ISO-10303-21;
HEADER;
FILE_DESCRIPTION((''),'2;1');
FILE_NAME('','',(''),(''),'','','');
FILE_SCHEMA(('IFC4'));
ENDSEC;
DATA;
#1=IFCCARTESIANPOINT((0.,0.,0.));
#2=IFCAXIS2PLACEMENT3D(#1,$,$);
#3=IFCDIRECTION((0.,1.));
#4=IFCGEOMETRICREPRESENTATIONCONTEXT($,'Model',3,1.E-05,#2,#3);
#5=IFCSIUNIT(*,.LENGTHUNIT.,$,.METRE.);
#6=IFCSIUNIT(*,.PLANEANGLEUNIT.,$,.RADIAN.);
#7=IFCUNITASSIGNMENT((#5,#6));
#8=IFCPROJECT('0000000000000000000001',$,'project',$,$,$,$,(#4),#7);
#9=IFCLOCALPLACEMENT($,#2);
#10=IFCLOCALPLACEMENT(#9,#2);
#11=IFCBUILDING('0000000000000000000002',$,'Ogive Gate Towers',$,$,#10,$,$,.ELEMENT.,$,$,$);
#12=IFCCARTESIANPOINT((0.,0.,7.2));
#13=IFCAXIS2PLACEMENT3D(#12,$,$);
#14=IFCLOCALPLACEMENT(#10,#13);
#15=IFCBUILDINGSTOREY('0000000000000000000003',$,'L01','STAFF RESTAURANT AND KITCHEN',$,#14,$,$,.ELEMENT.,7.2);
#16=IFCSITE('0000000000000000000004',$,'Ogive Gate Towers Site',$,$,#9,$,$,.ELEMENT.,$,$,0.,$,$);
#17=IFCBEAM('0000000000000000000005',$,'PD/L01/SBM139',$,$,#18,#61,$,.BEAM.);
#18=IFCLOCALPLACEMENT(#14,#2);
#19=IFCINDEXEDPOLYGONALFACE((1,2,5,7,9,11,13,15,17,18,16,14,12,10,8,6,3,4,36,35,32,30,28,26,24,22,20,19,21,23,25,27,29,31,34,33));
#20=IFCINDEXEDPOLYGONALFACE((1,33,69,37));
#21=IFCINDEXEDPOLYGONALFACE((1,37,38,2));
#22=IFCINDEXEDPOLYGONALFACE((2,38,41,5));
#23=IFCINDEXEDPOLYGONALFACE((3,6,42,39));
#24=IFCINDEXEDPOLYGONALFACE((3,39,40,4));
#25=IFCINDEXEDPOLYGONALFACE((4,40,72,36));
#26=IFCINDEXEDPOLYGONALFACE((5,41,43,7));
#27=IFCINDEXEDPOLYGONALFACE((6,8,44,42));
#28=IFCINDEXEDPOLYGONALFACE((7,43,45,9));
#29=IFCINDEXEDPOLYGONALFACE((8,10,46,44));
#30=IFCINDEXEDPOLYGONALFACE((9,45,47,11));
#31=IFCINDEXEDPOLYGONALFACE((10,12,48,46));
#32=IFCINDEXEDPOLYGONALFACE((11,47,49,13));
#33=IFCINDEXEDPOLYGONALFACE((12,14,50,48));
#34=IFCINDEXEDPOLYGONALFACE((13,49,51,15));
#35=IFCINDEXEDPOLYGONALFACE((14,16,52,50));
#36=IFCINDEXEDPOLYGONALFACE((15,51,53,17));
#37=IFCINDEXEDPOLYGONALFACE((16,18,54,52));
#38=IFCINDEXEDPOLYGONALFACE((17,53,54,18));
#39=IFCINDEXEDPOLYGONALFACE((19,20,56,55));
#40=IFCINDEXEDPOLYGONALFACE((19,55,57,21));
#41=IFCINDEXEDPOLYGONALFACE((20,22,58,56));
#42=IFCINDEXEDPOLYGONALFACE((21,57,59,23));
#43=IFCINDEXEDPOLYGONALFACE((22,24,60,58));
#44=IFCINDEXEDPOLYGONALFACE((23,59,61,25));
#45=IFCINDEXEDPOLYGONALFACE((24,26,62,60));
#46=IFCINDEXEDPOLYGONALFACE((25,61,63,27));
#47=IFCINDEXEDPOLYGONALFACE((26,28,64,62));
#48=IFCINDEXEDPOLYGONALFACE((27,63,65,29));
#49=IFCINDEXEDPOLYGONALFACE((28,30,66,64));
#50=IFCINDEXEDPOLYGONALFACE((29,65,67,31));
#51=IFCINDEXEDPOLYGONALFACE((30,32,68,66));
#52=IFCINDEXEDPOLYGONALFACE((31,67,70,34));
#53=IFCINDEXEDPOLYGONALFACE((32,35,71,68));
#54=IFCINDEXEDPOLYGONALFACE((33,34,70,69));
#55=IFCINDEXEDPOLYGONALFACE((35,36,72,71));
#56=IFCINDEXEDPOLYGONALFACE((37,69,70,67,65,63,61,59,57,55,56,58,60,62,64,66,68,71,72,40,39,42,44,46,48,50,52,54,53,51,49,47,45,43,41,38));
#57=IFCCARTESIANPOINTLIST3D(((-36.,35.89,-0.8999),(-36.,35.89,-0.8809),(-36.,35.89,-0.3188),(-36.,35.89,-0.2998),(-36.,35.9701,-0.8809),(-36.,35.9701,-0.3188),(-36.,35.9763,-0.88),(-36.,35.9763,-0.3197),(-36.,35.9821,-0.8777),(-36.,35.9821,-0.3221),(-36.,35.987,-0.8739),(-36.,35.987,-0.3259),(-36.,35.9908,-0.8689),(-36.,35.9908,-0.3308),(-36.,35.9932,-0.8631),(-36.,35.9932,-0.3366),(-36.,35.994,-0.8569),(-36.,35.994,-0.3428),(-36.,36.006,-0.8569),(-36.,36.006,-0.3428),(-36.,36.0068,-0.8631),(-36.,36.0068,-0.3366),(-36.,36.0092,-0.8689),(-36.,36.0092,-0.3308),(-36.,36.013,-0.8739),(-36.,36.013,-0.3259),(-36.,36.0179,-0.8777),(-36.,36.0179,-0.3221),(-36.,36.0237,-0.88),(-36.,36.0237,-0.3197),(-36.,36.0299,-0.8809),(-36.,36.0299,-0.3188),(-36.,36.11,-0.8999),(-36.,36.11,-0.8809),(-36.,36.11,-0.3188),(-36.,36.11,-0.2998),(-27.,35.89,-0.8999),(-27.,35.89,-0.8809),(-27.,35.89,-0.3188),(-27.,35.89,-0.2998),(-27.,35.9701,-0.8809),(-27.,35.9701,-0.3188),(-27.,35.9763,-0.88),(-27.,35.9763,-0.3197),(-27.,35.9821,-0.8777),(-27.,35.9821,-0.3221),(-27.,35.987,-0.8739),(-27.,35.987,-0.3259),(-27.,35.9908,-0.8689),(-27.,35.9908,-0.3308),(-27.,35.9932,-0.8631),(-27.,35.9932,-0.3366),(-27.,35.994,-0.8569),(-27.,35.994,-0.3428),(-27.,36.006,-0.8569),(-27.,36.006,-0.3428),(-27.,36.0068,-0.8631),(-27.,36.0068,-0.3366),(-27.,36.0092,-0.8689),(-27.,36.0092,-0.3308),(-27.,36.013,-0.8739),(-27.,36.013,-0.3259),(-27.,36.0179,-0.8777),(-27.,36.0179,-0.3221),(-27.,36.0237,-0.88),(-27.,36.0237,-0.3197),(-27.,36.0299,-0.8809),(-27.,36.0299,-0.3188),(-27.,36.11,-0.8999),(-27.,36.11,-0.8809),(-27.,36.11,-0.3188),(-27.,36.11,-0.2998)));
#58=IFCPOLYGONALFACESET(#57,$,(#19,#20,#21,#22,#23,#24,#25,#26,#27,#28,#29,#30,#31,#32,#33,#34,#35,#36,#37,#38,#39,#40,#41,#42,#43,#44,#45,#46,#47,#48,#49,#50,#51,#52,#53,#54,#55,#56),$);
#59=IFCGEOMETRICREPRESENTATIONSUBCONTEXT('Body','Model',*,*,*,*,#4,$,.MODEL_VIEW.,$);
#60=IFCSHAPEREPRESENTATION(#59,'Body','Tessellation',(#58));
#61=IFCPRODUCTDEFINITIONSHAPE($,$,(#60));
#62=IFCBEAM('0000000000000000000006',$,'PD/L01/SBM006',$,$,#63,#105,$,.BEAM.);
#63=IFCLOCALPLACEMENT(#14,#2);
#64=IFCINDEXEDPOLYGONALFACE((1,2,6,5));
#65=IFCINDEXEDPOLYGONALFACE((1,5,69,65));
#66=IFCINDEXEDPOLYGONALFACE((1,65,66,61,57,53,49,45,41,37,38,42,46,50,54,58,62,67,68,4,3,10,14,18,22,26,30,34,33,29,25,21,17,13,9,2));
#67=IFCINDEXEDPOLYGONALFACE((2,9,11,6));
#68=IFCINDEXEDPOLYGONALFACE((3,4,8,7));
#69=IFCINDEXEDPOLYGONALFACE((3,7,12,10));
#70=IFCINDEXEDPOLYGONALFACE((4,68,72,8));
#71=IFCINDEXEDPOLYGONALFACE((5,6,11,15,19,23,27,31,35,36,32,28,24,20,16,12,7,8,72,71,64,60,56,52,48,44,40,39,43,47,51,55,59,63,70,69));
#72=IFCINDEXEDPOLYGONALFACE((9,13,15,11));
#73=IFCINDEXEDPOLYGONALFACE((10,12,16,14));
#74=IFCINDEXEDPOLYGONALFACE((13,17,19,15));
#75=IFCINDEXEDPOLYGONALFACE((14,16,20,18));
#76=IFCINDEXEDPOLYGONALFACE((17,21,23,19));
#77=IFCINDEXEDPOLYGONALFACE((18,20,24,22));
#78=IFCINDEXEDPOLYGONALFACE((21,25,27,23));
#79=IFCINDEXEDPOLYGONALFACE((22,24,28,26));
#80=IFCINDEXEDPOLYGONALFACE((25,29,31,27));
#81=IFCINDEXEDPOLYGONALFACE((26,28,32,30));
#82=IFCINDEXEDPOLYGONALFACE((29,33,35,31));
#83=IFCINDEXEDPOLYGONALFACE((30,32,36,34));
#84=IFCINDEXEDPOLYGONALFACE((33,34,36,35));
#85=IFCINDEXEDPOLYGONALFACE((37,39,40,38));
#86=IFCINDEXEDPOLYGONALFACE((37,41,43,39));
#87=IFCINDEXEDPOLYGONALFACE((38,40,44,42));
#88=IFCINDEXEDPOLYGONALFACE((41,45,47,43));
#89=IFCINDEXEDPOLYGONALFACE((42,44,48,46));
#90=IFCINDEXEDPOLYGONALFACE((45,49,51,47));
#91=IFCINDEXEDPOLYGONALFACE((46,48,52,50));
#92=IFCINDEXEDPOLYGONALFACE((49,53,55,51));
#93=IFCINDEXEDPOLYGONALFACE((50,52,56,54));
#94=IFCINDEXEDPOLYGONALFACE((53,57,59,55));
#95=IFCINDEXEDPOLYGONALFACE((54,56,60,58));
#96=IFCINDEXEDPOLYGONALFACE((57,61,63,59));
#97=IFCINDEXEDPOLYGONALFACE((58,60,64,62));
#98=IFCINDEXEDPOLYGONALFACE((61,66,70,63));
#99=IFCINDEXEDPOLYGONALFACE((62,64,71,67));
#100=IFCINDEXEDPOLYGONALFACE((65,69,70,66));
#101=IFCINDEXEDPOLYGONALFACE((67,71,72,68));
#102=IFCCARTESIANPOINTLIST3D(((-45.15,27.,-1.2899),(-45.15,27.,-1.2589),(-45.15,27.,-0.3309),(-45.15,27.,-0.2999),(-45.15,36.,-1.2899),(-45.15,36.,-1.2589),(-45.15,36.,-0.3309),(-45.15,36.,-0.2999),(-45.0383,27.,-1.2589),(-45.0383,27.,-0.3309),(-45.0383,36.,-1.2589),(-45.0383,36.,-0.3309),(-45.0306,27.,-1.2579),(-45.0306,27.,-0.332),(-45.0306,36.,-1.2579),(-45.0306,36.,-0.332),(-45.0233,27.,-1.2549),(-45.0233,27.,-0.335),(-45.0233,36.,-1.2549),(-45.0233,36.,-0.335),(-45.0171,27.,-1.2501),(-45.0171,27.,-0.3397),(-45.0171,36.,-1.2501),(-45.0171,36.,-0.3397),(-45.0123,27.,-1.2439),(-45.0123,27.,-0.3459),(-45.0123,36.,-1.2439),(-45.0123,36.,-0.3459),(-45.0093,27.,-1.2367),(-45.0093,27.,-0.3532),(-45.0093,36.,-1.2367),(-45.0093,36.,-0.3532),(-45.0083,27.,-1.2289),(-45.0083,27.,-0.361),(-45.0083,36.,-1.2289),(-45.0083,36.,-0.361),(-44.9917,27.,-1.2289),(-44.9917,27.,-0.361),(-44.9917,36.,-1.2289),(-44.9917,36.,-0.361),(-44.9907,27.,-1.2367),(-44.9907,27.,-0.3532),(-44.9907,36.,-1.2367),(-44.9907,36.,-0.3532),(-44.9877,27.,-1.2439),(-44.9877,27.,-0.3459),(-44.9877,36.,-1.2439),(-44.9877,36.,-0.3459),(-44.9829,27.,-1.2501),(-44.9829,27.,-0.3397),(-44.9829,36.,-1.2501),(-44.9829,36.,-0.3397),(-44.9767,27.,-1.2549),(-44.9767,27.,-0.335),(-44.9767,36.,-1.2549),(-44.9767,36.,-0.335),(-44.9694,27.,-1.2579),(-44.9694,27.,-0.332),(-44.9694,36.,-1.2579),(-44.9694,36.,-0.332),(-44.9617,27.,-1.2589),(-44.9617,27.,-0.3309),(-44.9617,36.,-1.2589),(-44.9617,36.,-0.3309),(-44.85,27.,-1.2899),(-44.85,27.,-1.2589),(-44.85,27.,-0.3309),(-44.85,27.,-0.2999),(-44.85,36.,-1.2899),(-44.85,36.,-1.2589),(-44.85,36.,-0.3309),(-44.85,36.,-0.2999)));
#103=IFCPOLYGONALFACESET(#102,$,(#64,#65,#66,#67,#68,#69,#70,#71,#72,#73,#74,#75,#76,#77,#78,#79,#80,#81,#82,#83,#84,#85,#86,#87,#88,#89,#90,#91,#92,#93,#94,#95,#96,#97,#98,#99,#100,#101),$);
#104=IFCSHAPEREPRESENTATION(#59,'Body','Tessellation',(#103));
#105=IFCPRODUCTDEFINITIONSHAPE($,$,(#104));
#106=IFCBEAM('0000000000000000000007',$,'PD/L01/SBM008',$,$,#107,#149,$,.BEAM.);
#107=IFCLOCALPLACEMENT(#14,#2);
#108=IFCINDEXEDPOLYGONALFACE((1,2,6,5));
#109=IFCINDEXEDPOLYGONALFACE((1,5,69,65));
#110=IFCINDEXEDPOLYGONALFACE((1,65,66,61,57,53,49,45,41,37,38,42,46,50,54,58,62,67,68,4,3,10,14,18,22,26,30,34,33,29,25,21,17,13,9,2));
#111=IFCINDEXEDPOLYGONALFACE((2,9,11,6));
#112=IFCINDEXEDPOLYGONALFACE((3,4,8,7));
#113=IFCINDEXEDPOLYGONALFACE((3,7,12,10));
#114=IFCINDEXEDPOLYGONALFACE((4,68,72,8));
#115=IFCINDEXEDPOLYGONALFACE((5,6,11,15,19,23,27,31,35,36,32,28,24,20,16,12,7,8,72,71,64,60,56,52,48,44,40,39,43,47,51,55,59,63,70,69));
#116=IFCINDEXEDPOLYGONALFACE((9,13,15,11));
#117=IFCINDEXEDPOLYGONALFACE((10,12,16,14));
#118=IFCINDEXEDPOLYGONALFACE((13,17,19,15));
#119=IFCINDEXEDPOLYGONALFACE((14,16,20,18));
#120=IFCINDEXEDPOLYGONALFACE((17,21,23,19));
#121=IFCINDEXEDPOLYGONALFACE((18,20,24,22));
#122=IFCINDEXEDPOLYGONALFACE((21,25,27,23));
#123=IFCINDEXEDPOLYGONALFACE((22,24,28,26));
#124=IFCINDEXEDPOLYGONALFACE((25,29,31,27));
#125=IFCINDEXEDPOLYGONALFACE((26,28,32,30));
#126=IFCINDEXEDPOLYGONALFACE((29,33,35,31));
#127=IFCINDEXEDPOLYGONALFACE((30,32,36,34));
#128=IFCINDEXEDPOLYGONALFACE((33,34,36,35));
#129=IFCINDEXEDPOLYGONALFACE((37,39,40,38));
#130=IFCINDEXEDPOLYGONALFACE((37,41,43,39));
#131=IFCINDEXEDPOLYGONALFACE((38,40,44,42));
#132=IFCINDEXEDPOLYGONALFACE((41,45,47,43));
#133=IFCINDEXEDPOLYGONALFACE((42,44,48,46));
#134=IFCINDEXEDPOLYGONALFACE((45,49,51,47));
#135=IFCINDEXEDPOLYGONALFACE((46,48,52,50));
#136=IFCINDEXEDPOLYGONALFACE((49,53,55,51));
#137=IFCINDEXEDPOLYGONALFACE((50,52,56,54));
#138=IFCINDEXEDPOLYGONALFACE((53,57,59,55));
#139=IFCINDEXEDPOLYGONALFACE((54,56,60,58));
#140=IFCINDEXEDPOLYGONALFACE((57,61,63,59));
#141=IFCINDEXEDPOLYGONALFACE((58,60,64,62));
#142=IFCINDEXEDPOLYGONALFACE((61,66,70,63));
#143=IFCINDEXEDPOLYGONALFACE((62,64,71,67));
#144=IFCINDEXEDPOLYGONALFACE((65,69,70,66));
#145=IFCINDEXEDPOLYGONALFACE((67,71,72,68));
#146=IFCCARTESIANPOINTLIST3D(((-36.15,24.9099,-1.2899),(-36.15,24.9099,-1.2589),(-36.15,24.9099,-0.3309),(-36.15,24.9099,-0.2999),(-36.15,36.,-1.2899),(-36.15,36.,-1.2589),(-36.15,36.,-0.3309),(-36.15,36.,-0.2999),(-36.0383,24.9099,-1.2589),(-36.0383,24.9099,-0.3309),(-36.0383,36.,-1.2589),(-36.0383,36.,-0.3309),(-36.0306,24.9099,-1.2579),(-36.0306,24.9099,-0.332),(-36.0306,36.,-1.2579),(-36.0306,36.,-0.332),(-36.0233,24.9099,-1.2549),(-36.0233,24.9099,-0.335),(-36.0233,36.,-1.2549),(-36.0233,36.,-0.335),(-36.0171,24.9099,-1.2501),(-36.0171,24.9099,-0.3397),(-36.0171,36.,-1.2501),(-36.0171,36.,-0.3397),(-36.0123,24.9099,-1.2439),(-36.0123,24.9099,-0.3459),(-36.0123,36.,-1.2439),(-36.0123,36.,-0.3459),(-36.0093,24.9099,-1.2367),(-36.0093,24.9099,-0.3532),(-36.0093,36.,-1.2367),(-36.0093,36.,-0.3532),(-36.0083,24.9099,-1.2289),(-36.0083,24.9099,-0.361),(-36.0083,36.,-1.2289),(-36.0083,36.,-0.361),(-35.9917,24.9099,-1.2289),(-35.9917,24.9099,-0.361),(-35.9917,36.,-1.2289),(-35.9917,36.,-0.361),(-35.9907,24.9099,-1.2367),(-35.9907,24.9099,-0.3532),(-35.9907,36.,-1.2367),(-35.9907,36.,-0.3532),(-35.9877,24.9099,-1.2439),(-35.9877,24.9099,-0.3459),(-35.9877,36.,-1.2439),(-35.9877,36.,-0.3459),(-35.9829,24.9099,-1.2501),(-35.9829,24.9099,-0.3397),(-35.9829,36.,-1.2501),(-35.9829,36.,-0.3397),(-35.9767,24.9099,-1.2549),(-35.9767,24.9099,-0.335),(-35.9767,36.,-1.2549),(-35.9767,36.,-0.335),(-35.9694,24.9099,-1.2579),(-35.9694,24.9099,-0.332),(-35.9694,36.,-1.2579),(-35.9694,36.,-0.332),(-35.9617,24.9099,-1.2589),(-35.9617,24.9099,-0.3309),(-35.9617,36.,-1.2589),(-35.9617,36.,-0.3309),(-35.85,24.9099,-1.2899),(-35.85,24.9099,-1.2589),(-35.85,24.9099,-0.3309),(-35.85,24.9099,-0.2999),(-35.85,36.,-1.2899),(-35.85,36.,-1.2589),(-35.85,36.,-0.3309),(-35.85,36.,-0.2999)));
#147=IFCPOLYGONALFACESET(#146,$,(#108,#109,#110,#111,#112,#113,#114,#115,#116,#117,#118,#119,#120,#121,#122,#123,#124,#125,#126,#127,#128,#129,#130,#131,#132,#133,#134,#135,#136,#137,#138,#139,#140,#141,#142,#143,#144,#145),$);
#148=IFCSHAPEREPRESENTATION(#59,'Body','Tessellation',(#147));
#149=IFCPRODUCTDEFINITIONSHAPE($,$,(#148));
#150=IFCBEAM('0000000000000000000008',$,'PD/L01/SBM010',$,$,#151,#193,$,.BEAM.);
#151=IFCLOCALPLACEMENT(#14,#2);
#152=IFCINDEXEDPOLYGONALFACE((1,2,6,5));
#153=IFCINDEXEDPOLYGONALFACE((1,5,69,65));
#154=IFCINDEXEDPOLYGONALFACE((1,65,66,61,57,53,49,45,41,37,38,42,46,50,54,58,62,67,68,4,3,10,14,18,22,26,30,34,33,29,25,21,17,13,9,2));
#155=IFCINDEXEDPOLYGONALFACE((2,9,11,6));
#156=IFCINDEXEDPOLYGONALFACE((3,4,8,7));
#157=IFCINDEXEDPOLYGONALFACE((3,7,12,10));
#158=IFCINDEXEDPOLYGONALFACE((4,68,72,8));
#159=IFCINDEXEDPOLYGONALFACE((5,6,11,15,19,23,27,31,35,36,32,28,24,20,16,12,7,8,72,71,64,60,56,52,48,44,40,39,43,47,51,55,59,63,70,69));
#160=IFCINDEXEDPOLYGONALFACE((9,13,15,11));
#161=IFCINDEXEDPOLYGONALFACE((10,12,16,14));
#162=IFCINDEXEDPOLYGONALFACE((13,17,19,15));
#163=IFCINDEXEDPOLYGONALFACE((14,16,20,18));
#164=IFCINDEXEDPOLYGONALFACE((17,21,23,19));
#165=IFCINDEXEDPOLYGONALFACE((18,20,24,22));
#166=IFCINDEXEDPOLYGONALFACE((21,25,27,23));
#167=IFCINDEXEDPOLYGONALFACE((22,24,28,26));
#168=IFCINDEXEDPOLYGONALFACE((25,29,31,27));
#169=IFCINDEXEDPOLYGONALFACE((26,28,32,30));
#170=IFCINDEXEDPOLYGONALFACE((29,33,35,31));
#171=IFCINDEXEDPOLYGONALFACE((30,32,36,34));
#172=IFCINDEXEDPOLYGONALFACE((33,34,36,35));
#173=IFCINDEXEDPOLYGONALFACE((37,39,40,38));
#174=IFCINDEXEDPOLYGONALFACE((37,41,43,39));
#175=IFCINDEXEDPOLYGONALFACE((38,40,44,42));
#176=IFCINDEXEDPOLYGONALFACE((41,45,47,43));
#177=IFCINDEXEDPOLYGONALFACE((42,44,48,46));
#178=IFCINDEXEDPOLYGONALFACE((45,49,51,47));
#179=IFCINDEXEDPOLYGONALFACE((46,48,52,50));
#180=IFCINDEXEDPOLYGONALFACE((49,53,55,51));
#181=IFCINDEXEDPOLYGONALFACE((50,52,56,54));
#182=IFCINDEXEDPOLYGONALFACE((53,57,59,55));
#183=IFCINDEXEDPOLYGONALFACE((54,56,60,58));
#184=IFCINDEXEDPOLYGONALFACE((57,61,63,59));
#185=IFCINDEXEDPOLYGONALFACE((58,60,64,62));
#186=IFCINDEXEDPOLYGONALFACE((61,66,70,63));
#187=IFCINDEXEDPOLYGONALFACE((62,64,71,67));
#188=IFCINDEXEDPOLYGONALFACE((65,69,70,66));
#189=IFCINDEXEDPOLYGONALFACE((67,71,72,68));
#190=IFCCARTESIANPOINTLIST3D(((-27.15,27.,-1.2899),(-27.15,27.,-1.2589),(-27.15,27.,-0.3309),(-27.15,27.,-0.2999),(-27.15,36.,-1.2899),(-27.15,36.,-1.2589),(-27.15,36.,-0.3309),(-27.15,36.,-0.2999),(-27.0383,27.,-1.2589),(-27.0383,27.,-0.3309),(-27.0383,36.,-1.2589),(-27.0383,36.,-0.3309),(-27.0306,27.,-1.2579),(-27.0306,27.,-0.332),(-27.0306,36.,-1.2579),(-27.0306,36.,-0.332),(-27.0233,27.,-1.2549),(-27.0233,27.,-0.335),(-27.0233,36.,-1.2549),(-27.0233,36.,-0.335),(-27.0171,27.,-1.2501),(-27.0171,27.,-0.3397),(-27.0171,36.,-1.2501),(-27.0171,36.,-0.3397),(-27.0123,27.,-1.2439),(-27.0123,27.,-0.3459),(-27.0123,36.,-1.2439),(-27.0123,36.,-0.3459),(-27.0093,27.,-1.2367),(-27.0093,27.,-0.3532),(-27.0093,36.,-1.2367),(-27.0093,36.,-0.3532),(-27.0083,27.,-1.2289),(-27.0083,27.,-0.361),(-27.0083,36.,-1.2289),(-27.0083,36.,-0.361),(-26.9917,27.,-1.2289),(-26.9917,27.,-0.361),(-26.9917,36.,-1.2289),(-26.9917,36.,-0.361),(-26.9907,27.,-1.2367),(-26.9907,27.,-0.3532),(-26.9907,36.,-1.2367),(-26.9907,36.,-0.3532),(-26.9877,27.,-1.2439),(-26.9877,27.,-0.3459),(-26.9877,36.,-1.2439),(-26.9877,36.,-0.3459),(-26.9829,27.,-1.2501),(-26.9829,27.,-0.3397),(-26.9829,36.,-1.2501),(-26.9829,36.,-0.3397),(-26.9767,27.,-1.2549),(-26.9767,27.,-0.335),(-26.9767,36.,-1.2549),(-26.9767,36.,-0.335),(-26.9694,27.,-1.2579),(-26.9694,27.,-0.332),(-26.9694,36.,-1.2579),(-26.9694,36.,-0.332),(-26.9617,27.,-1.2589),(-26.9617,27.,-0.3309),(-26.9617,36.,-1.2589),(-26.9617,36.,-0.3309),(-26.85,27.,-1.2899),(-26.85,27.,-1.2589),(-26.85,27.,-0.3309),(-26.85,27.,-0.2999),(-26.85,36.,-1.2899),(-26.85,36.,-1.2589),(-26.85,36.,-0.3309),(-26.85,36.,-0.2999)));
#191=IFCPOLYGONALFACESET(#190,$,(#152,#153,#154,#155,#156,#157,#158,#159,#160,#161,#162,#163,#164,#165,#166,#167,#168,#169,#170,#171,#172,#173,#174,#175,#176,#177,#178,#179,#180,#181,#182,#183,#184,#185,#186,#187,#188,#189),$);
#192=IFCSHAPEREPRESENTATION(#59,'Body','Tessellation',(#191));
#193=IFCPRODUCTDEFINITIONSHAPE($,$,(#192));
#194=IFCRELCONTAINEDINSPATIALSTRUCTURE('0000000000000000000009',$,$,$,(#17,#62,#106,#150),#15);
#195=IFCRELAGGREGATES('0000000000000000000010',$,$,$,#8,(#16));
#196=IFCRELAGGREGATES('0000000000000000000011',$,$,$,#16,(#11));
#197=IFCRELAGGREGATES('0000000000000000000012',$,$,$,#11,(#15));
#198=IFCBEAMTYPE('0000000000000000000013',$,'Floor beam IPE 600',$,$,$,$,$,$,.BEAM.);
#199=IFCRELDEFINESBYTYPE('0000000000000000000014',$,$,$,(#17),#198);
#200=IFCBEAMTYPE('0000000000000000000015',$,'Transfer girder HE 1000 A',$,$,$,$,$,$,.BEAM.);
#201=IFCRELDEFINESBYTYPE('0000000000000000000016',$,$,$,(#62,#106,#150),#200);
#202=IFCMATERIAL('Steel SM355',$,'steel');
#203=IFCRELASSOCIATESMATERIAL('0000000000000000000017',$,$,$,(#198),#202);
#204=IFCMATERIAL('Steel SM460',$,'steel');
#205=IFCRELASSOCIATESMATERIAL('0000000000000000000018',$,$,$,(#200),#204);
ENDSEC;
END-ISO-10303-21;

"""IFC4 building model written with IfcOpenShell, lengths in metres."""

from ifc_helpers import new_model, si_unit, direction, frame, origin, origin_2d, place, context, subcontext, project, spatial, i_section, extrude, material, material_profile, profile_set, type_object, element, save


model = new_model("IFC4")

# Units and contexts
model_context = context("Model", 3, precision=1e-05, world=origin(), true_north=direction((0.0, 1.0)))
body_context = subcontext(model_context, "Body", "Model", "MODEL_VIEW")
ifc_project = project(units=[si_unit("LENGTHUNIT", "METRE"), si_unit("PLANEANGLEUNIT", "RADIAN")], contexts=[model_context])

# Site, building, storey
site_placement = place(None, origin())
site = spatial("IfcSite", under=ifc_project, at=site_placement, Name="Ogive Gate Towers Site", CompositionType="ELEMENT", RefElevation=0.0)
building_placement = place(site_placement, origin())
building = spatial("IfcBuilding", under=site, at=building_placement, Name="Ogive Gate Towers", CompositionType="ELEMENT")
storey_placement = place(building_placement, frame((0.0, 0.0, 7.2)))
storey = spatial("IfcBuildingStorey", under=building, at=storey_placement, Name="L01", Description="STAFF RESTAURANT AND KITCHEN", CompositionType="ELEMENT", Elevation=7.2)

# Beams
ifc_material_1 = material(Name="Steel SM460", Category="steel")
ifc_material_2 = material(Name="Steel SM355", Category="steel")
ifc_material_profile_1 = material_profile(ifc_material_2, i_section(OverallWidth=0.22, OverallDepth=0.6001, WebThickness=0.012, FlangeThickness=0.019, FilletRadius=0.0239, at=origin_2d()), Name="IPE 600")
ifc_profile_set_1 = profile_set([ifc_material_profile_1], Name="Steel SM355")
beam_type_1 = type_object("IfcBeamType", Name="Floor beam IPE 600", PredefinedType="BEAM", material=ifc_profile_set_1)
for number, where, z_axis, x_axis, name in (
    (1, (-36.0, 36.0, -0.5999), (1.0, 0.0, 0.0), (0.0, 1.0, 0.0), "PD/L01/SBM139"),
):
    element("IfcBeam", number, at=place(storey_placement, frame(where, z_axis=z_axis, x_axis=x_axis)), inside=storey, type_object=beam_type_1, Name=name, PredefinedType="BEAM", context=body_context, shape_type="SweptSolid", body=[
        extrude(i_section(OverallWidth=0.22, OverallDepth=0.6001, WebThickness=0.012, FlangeThickness=0.019, FilletRadius=0.0239, at=origin_2d()), origin(), (0.0, 0.0, 1.0), 9.0),
    ])
ifc_material_profile_2 = material_profile(ifc_material_1, i_section(OverallWidth=0.3, OverallDepth=0.99, WebThickness=0.0166, FlangeThickness=0.031, FilletRadius=0.03, at=origin_2d()), Name="HE 1000 A")
ifc_profile_set_2 = profile_set([ifc_material_profile_2], Name="Steel SM460")
beam_type_2 = type_object("IfcBeamType", Name="Transfer girder HE 1000 A", PredefinedType="BEAM", material=ifc_profile_set_2)
beam_1_placement = place(storey_placement, frame((-45.0, 27.0, -0.7949), z_axis=(0.0, 1.0, 0.0), x_axis=(-1.0, 0.0, 0.0)))
element("IfcBeam", 2, at=beam_1_placement, inside=storey, type_object=beam_type_2, Name="PD/L01/SBM006", PredefinedType="BEAM", context=body_context, shape_type="SweptSolid", body=[
    extrude(i_section(OverallWidth=0.3, OverallDepth=0.99, WebThickness=0.0166, FlangeThickness=0.031, FilletRadius=0.03, at=origin_2d()), origin(), (0.0, 0.0, 1.0), 9.0),
])
beam_2_placement = place(storey_placement, frame((-36.0, 24.9099, -0.7949), z_axis=(0.0, 1.0, 0.0), x_axis=(-1.0, 0.0, 0.0)))
element("IfcBeam", 3, at=beam_2_placement, inside=storey, type_object=beam_type_2, Name="PD/L01/SBM008", PredefinedType="BEAM", context=body_context, shape_type="SweptSolid", body=[
    extrude(i_section(OverallWidth=0.3, OverallDepth=0.99, WebThickness=0.0166, FlangeThickness=0.031, FilletRadius=0.03, at=origin_2d()), origin(), (0.0, 0.0, 1.0), 11.0901),
])
beam_3_placement = place(storey_placement, frame((-27.0, 27.0, -0.7949), z_axis=(0.0, 1.0, 0.0), x_axis=(-1.0, 0.0, 0.0)))
element("IfcBeam", 4, at=beam_3_placement, inside=storey, type_object=beam_type_2, Name="PD/L01/SBM010", PredefinedType="BEAM", context=body_context, shape_type="SweptSolid", body=[
    extrude(i_section(OverallWidth=0.3, OverallDepth=0.99, WebThickness=0.0166, FlangeThickness=0.031, FilletRadius=0.03, at=origin_2d()), origin(), (0.0, 0.0, 1.0), 9.0),
])

save(model, "model.ifc")
